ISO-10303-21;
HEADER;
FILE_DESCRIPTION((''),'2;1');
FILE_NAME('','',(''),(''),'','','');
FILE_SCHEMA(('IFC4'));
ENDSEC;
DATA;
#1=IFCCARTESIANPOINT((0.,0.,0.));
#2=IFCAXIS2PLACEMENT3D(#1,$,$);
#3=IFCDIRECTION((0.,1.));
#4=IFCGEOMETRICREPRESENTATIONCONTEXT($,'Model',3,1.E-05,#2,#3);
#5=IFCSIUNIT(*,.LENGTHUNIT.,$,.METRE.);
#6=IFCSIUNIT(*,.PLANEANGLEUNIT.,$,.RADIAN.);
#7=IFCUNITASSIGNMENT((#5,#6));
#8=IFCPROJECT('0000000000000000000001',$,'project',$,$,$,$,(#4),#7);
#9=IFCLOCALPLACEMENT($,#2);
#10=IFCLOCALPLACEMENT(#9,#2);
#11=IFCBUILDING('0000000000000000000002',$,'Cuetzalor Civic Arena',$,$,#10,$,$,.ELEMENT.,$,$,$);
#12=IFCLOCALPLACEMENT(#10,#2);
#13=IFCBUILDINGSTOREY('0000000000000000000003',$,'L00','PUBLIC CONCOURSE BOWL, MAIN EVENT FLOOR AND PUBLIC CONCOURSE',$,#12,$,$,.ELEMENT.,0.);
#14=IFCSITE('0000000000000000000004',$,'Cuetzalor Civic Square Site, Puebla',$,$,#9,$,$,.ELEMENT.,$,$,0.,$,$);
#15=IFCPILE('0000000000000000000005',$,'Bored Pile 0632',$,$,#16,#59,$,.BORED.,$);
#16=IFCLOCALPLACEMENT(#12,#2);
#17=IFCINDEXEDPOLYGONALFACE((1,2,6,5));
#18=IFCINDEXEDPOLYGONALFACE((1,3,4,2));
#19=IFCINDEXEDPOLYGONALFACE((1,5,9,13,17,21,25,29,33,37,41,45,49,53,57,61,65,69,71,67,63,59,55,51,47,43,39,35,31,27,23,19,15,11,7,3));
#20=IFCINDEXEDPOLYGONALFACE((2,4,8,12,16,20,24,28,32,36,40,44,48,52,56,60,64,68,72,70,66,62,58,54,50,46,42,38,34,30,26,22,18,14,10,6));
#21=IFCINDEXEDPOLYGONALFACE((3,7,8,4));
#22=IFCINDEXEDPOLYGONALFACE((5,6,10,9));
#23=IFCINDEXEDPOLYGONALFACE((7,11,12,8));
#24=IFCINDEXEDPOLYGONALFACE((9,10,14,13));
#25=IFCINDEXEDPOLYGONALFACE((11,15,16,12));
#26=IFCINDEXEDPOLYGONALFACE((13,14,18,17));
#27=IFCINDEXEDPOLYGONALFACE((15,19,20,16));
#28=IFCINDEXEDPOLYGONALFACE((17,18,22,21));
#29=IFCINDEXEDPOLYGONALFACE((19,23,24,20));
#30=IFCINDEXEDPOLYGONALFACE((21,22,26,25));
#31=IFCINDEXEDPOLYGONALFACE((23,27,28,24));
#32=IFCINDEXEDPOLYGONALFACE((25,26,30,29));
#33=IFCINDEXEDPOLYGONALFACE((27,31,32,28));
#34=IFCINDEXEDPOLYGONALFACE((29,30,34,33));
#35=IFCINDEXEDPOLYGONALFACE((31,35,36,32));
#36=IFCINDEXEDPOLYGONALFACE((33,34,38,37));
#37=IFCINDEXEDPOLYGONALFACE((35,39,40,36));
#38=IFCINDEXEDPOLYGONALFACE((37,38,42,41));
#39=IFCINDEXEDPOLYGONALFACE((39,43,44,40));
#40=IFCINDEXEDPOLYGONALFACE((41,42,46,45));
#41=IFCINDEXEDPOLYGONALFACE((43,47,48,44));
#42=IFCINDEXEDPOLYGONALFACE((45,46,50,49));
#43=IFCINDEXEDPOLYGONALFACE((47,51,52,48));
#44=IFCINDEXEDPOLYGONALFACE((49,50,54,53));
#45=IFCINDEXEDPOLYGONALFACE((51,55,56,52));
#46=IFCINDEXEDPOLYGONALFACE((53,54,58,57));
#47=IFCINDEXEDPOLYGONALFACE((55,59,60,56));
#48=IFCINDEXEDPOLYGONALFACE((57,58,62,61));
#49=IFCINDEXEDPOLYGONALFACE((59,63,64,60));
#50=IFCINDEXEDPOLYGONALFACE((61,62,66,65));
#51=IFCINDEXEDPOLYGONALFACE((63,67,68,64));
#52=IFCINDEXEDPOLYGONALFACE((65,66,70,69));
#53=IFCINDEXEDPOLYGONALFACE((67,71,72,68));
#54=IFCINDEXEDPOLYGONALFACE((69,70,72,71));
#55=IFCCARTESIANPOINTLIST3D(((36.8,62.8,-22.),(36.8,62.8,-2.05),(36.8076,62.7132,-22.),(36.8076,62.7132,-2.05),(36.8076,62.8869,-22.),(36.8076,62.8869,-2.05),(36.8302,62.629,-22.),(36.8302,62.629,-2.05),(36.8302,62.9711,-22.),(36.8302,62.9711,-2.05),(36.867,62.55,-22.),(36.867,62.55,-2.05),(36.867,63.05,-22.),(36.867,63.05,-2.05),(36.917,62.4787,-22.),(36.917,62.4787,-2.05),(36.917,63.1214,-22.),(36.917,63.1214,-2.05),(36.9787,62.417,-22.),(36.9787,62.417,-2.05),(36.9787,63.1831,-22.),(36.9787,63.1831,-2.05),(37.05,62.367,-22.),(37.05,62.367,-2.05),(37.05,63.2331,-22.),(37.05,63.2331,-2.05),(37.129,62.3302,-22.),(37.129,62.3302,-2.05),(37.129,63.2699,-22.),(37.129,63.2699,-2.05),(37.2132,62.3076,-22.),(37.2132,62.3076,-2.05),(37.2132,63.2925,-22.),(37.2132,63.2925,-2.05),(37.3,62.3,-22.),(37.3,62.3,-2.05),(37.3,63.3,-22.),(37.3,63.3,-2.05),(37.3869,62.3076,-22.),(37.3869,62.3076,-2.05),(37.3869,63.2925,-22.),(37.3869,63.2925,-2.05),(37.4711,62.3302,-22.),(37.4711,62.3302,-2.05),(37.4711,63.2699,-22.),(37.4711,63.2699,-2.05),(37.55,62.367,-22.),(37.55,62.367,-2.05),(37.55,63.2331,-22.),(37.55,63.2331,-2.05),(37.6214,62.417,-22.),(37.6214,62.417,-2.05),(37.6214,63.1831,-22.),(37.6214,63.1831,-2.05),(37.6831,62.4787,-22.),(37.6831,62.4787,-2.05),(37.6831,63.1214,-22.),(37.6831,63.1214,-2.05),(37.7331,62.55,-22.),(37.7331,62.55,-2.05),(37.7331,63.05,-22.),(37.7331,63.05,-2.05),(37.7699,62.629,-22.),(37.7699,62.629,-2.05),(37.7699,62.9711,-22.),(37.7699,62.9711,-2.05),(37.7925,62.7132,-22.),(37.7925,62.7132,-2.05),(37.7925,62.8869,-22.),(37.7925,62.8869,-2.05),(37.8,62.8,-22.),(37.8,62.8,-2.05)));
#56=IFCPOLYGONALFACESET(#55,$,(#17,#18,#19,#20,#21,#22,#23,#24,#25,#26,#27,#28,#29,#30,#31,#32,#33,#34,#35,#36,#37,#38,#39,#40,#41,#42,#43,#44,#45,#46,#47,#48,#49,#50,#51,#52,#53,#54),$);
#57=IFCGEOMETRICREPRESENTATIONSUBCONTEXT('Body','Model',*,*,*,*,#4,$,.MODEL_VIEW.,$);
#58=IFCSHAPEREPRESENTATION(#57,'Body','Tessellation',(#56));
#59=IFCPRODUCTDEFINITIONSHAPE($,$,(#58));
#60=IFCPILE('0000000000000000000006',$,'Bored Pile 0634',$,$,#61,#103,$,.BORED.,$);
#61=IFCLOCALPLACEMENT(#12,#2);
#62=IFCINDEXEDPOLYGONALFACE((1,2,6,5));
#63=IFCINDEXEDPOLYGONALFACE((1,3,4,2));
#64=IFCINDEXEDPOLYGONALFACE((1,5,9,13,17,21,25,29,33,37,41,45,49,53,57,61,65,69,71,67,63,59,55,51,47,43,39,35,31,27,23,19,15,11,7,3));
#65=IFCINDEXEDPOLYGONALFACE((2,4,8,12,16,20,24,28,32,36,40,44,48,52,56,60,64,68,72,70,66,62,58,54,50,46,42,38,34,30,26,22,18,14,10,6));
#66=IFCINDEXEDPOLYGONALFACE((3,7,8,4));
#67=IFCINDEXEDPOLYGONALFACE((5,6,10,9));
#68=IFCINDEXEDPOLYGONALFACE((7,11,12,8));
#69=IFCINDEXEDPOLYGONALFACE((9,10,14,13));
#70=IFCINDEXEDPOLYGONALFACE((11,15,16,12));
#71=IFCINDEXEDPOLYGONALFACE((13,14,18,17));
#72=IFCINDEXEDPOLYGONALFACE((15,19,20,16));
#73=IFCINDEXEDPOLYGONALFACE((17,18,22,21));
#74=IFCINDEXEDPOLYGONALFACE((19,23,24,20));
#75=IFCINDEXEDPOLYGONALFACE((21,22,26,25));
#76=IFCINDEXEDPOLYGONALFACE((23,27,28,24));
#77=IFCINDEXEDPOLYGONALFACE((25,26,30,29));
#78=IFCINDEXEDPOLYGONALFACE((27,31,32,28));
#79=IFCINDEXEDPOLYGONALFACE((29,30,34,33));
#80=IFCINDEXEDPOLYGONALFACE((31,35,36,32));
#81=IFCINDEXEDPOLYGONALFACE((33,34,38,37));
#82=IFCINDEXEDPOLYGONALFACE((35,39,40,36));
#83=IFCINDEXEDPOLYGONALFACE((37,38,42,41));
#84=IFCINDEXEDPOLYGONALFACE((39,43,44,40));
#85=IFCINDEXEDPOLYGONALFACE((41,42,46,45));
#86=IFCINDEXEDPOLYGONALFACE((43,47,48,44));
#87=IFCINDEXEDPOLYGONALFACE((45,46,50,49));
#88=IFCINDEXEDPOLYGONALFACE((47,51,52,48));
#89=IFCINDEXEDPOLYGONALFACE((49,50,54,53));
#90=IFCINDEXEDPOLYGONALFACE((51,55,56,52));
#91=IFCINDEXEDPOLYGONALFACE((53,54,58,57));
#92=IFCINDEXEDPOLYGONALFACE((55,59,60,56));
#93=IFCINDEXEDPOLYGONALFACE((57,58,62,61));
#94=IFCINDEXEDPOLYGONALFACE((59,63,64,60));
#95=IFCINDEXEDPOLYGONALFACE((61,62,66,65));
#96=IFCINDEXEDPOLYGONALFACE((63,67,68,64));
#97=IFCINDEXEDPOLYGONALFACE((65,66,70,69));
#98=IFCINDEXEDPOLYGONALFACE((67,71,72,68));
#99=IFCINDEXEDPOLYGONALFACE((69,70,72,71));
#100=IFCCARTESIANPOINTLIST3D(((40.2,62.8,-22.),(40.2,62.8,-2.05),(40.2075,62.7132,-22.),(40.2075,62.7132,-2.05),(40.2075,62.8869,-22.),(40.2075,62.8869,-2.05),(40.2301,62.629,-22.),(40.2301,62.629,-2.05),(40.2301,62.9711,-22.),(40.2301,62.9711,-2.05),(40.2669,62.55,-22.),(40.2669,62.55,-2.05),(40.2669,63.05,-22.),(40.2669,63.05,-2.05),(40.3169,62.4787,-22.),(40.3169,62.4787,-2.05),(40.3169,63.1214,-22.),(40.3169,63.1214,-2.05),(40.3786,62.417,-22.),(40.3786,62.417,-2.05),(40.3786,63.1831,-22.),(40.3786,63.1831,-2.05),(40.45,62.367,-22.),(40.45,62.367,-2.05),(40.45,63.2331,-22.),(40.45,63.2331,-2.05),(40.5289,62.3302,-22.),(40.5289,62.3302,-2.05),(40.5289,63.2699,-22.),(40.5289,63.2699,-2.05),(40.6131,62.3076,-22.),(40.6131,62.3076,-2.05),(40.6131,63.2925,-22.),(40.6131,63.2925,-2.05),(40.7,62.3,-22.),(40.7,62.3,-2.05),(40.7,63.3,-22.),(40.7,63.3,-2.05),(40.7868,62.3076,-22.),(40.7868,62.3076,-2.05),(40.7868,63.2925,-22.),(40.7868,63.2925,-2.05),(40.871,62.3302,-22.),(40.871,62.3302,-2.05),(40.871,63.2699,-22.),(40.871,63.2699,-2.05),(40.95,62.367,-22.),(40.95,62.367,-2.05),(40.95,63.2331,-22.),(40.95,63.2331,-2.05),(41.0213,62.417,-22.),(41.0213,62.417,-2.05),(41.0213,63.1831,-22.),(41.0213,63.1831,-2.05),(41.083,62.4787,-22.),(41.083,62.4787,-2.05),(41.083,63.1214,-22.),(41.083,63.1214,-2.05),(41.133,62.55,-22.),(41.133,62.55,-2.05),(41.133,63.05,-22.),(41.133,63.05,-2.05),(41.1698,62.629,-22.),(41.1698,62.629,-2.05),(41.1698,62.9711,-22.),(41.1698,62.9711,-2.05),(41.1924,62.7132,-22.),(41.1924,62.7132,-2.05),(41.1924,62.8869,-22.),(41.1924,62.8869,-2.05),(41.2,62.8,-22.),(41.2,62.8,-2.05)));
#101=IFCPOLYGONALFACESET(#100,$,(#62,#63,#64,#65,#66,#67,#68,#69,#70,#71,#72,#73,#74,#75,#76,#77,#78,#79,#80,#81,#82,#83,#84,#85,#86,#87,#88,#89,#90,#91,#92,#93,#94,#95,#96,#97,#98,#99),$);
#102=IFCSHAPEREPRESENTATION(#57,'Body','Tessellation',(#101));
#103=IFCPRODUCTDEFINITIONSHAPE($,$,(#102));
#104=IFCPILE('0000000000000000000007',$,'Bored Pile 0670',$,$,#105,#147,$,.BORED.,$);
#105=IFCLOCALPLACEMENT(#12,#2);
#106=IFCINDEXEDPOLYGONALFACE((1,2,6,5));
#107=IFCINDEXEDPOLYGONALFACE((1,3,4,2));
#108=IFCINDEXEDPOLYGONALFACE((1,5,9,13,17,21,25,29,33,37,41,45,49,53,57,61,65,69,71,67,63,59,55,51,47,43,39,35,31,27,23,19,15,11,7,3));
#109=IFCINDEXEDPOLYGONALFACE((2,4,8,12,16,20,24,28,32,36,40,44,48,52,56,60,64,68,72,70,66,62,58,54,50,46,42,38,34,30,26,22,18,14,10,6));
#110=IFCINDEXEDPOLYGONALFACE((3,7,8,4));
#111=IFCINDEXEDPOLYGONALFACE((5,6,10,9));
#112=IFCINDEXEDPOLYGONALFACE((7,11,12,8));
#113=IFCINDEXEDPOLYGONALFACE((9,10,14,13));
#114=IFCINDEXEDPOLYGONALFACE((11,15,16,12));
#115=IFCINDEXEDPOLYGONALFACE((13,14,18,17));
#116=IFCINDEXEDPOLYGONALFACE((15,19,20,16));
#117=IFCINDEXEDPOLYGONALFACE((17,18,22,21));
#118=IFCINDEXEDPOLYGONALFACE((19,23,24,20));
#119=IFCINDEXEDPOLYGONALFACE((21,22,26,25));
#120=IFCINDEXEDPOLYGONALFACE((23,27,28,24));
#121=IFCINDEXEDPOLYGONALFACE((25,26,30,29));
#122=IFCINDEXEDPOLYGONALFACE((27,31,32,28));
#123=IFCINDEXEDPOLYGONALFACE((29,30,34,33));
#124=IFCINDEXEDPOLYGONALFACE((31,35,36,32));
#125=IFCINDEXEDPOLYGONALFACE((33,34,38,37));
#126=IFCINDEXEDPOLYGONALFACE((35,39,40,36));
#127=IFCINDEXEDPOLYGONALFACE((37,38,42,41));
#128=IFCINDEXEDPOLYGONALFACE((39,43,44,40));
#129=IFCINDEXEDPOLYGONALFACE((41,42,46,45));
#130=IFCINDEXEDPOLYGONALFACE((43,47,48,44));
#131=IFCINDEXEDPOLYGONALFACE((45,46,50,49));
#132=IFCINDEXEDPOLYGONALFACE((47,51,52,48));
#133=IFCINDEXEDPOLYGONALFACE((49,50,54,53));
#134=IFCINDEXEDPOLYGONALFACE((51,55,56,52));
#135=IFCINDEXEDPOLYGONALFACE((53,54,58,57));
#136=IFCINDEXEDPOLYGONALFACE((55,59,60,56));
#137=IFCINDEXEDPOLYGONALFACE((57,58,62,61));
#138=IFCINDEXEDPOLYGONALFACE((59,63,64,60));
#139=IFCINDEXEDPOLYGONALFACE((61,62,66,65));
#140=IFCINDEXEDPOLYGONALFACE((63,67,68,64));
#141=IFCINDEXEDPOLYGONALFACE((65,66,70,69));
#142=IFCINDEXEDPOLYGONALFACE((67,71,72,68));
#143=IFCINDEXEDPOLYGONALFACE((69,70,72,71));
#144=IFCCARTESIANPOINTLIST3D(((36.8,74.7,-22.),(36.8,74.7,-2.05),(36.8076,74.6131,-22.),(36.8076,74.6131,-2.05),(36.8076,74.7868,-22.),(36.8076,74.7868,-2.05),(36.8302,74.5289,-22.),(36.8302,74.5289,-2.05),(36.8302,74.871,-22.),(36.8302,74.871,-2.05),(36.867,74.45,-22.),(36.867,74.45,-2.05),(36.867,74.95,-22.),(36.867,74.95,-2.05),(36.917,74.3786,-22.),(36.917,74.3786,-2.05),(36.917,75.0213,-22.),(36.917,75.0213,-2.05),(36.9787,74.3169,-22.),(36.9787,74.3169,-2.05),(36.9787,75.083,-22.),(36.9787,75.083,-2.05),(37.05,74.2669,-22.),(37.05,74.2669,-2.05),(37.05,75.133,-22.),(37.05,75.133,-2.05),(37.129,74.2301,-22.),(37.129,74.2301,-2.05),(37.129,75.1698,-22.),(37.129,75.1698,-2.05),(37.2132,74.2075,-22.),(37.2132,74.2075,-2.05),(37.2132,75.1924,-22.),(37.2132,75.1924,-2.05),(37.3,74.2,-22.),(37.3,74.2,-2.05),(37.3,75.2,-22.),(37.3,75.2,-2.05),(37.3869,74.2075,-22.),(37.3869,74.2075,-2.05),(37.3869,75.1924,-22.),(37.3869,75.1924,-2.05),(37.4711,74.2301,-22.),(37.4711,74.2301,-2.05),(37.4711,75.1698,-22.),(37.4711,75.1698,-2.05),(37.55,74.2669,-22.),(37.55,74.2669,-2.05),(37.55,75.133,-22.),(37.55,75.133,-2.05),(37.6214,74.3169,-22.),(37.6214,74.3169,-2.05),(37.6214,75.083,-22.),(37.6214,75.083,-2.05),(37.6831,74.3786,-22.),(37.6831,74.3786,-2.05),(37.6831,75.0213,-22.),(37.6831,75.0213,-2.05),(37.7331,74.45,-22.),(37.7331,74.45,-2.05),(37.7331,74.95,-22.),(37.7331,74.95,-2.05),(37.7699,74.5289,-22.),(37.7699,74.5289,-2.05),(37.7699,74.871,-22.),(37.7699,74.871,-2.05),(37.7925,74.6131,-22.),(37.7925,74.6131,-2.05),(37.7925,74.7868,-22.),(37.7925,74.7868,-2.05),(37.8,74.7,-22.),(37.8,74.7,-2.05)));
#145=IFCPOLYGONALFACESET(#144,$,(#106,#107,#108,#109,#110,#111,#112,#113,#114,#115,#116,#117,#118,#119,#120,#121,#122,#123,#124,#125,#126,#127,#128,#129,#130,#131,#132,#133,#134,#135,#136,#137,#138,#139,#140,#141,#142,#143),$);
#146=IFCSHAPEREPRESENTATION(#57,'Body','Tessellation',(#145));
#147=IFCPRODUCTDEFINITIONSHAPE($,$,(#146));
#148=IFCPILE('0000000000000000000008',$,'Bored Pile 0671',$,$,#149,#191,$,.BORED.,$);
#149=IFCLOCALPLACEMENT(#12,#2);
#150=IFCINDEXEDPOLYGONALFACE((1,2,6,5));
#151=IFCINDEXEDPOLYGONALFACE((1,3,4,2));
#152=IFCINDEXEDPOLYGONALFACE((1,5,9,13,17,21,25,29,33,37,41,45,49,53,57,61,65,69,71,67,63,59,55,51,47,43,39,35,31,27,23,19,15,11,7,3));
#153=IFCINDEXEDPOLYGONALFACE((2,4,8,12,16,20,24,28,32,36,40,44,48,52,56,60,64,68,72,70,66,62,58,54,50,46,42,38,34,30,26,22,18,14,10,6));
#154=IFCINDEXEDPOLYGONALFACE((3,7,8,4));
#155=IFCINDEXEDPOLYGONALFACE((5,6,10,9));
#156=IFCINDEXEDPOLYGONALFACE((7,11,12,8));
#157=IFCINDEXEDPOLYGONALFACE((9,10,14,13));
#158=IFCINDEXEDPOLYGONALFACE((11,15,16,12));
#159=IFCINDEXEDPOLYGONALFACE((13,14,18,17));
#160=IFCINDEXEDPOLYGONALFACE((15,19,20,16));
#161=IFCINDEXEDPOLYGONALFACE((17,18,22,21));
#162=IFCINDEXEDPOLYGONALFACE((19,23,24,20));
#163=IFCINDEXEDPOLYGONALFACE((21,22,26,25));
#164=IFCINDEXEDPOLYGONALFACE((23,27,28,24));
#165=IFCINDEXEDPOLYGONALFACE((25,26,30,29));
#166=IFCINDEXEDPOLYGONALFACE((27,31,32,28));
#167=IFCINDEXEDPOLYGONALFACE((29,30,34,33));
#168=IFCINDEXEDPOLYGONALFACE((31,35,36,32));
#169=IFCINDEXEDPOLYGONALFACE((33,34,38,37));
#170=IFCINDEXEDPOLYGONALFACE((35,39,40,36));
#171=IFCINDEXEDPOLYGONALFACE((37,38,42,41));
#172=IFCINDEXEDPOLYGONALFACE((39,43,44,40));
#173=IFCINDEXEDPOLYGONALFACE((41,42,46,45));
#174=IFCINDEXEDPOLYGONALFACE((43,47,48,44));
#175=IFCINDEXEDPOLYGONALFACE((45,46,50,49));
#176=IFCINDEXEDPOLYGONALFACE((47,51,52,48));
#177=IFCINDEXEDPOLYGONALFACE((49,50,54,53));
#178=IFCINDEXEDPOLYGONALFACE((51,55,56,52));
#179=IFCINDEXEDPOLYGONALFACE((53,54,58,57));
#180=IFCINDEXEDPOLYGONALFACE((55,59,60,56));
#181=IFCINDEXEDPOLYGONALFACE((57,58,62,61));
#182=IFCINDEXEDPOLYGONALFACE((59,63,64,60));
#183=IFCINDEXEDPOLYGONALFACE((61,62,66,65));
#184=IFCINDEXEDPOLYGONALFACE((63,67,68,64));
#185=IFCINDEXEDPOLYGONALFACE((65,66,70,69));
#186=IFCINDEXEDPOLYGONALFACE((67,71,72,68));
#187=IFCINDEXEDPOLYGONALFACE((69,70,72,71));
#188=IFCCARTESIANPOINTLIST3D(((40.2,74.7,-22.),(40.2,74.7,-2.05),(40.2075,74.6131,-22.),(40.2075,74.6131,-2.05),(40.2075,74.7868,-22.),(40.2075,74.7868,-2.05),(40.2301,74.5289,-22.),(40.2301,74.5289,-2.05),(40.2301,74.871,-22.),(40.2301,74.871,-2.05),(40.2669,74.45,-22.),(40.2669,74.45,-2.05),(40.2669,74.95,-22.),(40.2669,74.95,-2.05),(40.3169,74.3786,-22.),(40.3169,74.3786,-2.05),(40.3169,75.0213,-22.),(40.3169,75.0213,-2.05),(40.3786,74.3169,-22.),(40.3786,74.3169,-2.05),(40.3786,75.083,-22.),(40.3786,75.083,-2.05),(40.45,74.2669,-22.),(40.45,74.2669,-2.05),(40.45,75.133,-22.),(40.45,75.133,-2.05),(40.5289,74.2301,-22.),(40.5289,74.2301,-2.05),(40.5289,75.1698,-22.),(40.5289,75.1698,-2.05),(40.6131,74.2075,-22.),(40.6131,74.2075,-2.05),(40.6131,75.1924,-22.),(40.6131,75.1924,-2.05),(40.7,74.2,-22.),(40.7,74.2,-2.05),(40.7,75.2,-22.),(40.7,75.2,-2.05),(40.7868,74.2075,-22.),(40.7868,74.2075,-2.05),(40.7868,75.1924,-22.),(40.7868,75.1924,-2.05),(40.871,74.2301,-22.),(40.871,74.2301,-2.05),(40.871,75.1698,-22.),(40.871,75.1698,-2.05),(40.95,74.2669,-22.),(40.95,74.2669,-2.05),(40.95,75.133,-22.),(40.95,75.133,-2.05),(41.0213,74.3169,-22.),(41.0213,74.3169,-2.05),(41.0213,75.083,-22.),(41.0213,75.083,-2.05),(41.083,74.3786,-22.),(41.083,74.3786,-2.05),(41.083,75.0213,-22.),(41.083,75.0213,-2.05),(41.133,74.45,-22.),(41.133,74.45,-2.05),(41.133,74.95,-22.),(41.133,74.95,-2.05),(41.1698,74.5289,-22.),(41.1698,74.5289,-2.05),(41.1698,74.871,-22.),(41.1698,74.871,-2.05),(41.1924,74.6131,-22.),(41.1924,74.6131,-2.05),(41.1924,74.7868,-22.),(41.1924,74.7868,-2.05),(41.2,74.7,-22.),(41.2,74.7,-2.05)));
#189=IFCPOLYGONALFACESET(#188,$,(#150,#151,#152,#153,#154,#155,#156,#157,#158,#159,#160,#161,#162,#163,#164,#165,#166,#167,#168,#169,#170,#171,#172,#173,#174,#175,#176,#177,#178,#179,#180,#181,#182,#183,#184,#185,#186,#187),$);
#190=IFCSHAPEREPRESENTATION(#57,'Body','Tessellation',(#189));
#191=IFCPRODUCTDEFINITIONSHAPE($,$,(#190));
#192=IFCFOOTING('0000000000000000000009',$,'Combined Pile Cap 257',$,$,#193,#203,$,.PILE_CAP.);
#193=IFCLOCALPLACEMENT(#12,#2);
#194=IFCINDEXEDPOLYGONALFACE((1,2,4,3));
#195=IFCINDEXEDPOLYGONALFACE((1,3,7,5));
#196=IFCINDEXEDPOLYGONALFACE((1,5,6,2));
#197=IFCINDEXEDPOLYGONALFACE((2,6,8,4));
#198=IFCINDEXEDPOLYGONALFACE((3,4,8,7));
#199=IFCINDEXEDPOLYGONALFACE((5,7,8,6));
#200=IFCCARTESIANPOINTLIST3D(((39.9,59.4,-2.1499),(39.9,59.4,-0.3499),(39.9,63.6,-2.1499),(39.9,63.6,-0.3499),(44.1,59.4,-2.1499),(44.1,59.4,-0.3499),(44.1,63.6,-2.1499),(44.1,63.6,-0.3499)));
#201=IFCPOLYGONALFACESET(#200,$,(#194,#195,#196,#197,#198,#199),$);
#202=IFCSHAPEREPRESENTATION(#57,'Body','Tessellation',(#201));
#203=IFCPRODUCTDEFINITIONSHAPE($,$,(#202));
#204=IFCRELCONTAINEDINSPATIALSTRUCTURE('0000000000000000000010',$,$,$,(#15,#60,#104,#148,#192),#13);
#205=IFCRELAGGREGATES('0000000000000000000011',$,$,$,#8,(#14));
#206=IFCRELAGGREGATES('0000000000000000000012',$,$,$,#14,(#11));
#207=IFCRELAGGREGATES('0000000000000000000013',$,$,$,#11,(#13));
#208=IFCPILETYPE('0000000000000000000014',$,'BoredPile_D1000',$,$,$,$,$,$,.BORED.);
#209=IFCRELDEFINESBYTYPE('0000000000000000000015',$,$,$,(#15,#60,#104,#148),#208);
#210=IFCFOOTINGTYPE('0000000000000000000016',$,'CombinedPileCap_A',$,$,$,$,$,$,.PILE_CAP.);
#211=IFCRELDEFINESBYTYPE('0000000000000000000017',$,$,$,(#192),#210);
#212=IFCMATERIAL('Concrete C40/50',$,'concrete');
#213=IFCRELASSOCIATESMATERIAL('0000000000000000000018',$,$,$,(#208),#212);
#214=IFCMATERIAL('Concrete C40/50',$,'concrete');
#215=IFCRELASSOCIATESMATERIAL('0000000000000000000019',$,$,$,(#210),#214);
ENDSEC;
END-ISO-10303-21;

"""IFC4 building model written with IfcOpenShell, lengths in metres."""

from ifc_helpers import new_model, si_unit, direction, frame, origin, origin_2d, place, context, subcontext, project, spatial, rectangle, circle, extrude, material, material_profile, profile_set, type_object, element, save


model = new_model("IFC4")

# Units and contexts
model_context = context("Model", 3, precision=1e-05, world=origin(), true_north=direction((0.0, 1.0)))
body_context = subcontext(model_context, "Body", "Model", "MODEL_VIEW")
ifc_project = project(units=[si_unit("LENGTHUNIT", "METRE"), si_unit("PLANEANGLEUNIT", "RADIAN")], contexts=[model_context])

# Site, building, storey
site_placement = place(None, origin())
site = spatial("IfcSite", under=ifc_project, at=site_placement, Name="Cuetzalor Civic Square Site, Puebla", CompositionType="ELEMENT", RefElevation=0.0)
building_placement = place(site_placement, origin())
building = spatial("IfcBuilding", under=site, at=building_placement, Name="Cuetzalor Civic Arena", CompositionType="ELEMENT")
storey_placement = place(building_placement, origin())
storey = spatial("IfcBuildingStorey", under=building, at=storey_placement, Name="L00", Description="PUBLIC CONCOURSE BOWL, MAIN EVENT FLOOR AND PUBLIC CONCOURSE", CompositionType="ELEMENT", Elevation=0.0)

# Piles
ifc_material_1 = material(Name="Concrete C40/50", Category="concrete")
ifc_material_profile_1 = material_profile(ifc_material_1, circle(Radius=0.5, at=origin_2d()), Name="BORED PILE D1000")
ifc_profile_set_1 = profile_set([ifc_material_profile_1], Name="Concrete C40/50")
pile_type = type_object("IfcPileType", Name="BoredPile_D1000", PredefinedType="BORED", material=ifc_profile_set_1)
for number, where, z_axis, x_axis, name in (
    (1, (37.3, 62.8, -2.05), (0.0, 0.0, -1.0), (1.0, 0.0, 0.0), "Bored Pile 0632"),
    (2, (40.7, 62.8, -2.05), (0.0, 0.0, -1.0), (1.0, 0.0, 0.0), "Bored Pile 0634"),
    (3, (37.3, 74.7, -2.05), (0.0, 0.0, -1.0), (1.0, 0.0, 0.0), "Bored Pile 0670"),
    (4, (40.7, 74.7, -2.05), (0.0, 0.0, -1.0), (1.0, 0.0, 0.0), "Bored Pile 0671"),
):
    element("IfcPile", number, at=place(storey_placement, frame(where, z_axis=z_axis, x_axis=x_axis)), inside=storey, type_object=pile_type, Name=name, PredefinedType="BORED", context=body_context, shape_type="SweptSolid", body=[
        extrude(circle(Radius=0.5, at=origin_2d()), origin(), (0.0, 0.0, 1.0), 19.95),
    ])

# Footing
ifc_material_2 = material(Name="Concrete C40/50", Category="concrete")
footing_type_1 = type_object("IfcFootingType", Name="CombinedPileCap_A", PredefinedType="PILE_CAP", material=ifc_material_2)
footing_1_placement = place(storey_placement, frame((42.0, 61.5, -2.1499), z_axis=(0.0, 0.0, 1.0), x_axis=(1.0, 0.0, 0.0)))
element("IfcFooting", 5, at=footing_1_placement, inside=storey, type_object=footing_type_1, Name="Combined Pile Cap 257", PredefinedType="PILE_CAP", context=body_context, shape_type="SweptSolid", body=[
    extrude(rectangle(XDim=4.2, YDim=4.2, at=origin_2d()), origin(), (0.0, 0.0, 1.0), 1.8),
])

save(model, "model.ifc")
